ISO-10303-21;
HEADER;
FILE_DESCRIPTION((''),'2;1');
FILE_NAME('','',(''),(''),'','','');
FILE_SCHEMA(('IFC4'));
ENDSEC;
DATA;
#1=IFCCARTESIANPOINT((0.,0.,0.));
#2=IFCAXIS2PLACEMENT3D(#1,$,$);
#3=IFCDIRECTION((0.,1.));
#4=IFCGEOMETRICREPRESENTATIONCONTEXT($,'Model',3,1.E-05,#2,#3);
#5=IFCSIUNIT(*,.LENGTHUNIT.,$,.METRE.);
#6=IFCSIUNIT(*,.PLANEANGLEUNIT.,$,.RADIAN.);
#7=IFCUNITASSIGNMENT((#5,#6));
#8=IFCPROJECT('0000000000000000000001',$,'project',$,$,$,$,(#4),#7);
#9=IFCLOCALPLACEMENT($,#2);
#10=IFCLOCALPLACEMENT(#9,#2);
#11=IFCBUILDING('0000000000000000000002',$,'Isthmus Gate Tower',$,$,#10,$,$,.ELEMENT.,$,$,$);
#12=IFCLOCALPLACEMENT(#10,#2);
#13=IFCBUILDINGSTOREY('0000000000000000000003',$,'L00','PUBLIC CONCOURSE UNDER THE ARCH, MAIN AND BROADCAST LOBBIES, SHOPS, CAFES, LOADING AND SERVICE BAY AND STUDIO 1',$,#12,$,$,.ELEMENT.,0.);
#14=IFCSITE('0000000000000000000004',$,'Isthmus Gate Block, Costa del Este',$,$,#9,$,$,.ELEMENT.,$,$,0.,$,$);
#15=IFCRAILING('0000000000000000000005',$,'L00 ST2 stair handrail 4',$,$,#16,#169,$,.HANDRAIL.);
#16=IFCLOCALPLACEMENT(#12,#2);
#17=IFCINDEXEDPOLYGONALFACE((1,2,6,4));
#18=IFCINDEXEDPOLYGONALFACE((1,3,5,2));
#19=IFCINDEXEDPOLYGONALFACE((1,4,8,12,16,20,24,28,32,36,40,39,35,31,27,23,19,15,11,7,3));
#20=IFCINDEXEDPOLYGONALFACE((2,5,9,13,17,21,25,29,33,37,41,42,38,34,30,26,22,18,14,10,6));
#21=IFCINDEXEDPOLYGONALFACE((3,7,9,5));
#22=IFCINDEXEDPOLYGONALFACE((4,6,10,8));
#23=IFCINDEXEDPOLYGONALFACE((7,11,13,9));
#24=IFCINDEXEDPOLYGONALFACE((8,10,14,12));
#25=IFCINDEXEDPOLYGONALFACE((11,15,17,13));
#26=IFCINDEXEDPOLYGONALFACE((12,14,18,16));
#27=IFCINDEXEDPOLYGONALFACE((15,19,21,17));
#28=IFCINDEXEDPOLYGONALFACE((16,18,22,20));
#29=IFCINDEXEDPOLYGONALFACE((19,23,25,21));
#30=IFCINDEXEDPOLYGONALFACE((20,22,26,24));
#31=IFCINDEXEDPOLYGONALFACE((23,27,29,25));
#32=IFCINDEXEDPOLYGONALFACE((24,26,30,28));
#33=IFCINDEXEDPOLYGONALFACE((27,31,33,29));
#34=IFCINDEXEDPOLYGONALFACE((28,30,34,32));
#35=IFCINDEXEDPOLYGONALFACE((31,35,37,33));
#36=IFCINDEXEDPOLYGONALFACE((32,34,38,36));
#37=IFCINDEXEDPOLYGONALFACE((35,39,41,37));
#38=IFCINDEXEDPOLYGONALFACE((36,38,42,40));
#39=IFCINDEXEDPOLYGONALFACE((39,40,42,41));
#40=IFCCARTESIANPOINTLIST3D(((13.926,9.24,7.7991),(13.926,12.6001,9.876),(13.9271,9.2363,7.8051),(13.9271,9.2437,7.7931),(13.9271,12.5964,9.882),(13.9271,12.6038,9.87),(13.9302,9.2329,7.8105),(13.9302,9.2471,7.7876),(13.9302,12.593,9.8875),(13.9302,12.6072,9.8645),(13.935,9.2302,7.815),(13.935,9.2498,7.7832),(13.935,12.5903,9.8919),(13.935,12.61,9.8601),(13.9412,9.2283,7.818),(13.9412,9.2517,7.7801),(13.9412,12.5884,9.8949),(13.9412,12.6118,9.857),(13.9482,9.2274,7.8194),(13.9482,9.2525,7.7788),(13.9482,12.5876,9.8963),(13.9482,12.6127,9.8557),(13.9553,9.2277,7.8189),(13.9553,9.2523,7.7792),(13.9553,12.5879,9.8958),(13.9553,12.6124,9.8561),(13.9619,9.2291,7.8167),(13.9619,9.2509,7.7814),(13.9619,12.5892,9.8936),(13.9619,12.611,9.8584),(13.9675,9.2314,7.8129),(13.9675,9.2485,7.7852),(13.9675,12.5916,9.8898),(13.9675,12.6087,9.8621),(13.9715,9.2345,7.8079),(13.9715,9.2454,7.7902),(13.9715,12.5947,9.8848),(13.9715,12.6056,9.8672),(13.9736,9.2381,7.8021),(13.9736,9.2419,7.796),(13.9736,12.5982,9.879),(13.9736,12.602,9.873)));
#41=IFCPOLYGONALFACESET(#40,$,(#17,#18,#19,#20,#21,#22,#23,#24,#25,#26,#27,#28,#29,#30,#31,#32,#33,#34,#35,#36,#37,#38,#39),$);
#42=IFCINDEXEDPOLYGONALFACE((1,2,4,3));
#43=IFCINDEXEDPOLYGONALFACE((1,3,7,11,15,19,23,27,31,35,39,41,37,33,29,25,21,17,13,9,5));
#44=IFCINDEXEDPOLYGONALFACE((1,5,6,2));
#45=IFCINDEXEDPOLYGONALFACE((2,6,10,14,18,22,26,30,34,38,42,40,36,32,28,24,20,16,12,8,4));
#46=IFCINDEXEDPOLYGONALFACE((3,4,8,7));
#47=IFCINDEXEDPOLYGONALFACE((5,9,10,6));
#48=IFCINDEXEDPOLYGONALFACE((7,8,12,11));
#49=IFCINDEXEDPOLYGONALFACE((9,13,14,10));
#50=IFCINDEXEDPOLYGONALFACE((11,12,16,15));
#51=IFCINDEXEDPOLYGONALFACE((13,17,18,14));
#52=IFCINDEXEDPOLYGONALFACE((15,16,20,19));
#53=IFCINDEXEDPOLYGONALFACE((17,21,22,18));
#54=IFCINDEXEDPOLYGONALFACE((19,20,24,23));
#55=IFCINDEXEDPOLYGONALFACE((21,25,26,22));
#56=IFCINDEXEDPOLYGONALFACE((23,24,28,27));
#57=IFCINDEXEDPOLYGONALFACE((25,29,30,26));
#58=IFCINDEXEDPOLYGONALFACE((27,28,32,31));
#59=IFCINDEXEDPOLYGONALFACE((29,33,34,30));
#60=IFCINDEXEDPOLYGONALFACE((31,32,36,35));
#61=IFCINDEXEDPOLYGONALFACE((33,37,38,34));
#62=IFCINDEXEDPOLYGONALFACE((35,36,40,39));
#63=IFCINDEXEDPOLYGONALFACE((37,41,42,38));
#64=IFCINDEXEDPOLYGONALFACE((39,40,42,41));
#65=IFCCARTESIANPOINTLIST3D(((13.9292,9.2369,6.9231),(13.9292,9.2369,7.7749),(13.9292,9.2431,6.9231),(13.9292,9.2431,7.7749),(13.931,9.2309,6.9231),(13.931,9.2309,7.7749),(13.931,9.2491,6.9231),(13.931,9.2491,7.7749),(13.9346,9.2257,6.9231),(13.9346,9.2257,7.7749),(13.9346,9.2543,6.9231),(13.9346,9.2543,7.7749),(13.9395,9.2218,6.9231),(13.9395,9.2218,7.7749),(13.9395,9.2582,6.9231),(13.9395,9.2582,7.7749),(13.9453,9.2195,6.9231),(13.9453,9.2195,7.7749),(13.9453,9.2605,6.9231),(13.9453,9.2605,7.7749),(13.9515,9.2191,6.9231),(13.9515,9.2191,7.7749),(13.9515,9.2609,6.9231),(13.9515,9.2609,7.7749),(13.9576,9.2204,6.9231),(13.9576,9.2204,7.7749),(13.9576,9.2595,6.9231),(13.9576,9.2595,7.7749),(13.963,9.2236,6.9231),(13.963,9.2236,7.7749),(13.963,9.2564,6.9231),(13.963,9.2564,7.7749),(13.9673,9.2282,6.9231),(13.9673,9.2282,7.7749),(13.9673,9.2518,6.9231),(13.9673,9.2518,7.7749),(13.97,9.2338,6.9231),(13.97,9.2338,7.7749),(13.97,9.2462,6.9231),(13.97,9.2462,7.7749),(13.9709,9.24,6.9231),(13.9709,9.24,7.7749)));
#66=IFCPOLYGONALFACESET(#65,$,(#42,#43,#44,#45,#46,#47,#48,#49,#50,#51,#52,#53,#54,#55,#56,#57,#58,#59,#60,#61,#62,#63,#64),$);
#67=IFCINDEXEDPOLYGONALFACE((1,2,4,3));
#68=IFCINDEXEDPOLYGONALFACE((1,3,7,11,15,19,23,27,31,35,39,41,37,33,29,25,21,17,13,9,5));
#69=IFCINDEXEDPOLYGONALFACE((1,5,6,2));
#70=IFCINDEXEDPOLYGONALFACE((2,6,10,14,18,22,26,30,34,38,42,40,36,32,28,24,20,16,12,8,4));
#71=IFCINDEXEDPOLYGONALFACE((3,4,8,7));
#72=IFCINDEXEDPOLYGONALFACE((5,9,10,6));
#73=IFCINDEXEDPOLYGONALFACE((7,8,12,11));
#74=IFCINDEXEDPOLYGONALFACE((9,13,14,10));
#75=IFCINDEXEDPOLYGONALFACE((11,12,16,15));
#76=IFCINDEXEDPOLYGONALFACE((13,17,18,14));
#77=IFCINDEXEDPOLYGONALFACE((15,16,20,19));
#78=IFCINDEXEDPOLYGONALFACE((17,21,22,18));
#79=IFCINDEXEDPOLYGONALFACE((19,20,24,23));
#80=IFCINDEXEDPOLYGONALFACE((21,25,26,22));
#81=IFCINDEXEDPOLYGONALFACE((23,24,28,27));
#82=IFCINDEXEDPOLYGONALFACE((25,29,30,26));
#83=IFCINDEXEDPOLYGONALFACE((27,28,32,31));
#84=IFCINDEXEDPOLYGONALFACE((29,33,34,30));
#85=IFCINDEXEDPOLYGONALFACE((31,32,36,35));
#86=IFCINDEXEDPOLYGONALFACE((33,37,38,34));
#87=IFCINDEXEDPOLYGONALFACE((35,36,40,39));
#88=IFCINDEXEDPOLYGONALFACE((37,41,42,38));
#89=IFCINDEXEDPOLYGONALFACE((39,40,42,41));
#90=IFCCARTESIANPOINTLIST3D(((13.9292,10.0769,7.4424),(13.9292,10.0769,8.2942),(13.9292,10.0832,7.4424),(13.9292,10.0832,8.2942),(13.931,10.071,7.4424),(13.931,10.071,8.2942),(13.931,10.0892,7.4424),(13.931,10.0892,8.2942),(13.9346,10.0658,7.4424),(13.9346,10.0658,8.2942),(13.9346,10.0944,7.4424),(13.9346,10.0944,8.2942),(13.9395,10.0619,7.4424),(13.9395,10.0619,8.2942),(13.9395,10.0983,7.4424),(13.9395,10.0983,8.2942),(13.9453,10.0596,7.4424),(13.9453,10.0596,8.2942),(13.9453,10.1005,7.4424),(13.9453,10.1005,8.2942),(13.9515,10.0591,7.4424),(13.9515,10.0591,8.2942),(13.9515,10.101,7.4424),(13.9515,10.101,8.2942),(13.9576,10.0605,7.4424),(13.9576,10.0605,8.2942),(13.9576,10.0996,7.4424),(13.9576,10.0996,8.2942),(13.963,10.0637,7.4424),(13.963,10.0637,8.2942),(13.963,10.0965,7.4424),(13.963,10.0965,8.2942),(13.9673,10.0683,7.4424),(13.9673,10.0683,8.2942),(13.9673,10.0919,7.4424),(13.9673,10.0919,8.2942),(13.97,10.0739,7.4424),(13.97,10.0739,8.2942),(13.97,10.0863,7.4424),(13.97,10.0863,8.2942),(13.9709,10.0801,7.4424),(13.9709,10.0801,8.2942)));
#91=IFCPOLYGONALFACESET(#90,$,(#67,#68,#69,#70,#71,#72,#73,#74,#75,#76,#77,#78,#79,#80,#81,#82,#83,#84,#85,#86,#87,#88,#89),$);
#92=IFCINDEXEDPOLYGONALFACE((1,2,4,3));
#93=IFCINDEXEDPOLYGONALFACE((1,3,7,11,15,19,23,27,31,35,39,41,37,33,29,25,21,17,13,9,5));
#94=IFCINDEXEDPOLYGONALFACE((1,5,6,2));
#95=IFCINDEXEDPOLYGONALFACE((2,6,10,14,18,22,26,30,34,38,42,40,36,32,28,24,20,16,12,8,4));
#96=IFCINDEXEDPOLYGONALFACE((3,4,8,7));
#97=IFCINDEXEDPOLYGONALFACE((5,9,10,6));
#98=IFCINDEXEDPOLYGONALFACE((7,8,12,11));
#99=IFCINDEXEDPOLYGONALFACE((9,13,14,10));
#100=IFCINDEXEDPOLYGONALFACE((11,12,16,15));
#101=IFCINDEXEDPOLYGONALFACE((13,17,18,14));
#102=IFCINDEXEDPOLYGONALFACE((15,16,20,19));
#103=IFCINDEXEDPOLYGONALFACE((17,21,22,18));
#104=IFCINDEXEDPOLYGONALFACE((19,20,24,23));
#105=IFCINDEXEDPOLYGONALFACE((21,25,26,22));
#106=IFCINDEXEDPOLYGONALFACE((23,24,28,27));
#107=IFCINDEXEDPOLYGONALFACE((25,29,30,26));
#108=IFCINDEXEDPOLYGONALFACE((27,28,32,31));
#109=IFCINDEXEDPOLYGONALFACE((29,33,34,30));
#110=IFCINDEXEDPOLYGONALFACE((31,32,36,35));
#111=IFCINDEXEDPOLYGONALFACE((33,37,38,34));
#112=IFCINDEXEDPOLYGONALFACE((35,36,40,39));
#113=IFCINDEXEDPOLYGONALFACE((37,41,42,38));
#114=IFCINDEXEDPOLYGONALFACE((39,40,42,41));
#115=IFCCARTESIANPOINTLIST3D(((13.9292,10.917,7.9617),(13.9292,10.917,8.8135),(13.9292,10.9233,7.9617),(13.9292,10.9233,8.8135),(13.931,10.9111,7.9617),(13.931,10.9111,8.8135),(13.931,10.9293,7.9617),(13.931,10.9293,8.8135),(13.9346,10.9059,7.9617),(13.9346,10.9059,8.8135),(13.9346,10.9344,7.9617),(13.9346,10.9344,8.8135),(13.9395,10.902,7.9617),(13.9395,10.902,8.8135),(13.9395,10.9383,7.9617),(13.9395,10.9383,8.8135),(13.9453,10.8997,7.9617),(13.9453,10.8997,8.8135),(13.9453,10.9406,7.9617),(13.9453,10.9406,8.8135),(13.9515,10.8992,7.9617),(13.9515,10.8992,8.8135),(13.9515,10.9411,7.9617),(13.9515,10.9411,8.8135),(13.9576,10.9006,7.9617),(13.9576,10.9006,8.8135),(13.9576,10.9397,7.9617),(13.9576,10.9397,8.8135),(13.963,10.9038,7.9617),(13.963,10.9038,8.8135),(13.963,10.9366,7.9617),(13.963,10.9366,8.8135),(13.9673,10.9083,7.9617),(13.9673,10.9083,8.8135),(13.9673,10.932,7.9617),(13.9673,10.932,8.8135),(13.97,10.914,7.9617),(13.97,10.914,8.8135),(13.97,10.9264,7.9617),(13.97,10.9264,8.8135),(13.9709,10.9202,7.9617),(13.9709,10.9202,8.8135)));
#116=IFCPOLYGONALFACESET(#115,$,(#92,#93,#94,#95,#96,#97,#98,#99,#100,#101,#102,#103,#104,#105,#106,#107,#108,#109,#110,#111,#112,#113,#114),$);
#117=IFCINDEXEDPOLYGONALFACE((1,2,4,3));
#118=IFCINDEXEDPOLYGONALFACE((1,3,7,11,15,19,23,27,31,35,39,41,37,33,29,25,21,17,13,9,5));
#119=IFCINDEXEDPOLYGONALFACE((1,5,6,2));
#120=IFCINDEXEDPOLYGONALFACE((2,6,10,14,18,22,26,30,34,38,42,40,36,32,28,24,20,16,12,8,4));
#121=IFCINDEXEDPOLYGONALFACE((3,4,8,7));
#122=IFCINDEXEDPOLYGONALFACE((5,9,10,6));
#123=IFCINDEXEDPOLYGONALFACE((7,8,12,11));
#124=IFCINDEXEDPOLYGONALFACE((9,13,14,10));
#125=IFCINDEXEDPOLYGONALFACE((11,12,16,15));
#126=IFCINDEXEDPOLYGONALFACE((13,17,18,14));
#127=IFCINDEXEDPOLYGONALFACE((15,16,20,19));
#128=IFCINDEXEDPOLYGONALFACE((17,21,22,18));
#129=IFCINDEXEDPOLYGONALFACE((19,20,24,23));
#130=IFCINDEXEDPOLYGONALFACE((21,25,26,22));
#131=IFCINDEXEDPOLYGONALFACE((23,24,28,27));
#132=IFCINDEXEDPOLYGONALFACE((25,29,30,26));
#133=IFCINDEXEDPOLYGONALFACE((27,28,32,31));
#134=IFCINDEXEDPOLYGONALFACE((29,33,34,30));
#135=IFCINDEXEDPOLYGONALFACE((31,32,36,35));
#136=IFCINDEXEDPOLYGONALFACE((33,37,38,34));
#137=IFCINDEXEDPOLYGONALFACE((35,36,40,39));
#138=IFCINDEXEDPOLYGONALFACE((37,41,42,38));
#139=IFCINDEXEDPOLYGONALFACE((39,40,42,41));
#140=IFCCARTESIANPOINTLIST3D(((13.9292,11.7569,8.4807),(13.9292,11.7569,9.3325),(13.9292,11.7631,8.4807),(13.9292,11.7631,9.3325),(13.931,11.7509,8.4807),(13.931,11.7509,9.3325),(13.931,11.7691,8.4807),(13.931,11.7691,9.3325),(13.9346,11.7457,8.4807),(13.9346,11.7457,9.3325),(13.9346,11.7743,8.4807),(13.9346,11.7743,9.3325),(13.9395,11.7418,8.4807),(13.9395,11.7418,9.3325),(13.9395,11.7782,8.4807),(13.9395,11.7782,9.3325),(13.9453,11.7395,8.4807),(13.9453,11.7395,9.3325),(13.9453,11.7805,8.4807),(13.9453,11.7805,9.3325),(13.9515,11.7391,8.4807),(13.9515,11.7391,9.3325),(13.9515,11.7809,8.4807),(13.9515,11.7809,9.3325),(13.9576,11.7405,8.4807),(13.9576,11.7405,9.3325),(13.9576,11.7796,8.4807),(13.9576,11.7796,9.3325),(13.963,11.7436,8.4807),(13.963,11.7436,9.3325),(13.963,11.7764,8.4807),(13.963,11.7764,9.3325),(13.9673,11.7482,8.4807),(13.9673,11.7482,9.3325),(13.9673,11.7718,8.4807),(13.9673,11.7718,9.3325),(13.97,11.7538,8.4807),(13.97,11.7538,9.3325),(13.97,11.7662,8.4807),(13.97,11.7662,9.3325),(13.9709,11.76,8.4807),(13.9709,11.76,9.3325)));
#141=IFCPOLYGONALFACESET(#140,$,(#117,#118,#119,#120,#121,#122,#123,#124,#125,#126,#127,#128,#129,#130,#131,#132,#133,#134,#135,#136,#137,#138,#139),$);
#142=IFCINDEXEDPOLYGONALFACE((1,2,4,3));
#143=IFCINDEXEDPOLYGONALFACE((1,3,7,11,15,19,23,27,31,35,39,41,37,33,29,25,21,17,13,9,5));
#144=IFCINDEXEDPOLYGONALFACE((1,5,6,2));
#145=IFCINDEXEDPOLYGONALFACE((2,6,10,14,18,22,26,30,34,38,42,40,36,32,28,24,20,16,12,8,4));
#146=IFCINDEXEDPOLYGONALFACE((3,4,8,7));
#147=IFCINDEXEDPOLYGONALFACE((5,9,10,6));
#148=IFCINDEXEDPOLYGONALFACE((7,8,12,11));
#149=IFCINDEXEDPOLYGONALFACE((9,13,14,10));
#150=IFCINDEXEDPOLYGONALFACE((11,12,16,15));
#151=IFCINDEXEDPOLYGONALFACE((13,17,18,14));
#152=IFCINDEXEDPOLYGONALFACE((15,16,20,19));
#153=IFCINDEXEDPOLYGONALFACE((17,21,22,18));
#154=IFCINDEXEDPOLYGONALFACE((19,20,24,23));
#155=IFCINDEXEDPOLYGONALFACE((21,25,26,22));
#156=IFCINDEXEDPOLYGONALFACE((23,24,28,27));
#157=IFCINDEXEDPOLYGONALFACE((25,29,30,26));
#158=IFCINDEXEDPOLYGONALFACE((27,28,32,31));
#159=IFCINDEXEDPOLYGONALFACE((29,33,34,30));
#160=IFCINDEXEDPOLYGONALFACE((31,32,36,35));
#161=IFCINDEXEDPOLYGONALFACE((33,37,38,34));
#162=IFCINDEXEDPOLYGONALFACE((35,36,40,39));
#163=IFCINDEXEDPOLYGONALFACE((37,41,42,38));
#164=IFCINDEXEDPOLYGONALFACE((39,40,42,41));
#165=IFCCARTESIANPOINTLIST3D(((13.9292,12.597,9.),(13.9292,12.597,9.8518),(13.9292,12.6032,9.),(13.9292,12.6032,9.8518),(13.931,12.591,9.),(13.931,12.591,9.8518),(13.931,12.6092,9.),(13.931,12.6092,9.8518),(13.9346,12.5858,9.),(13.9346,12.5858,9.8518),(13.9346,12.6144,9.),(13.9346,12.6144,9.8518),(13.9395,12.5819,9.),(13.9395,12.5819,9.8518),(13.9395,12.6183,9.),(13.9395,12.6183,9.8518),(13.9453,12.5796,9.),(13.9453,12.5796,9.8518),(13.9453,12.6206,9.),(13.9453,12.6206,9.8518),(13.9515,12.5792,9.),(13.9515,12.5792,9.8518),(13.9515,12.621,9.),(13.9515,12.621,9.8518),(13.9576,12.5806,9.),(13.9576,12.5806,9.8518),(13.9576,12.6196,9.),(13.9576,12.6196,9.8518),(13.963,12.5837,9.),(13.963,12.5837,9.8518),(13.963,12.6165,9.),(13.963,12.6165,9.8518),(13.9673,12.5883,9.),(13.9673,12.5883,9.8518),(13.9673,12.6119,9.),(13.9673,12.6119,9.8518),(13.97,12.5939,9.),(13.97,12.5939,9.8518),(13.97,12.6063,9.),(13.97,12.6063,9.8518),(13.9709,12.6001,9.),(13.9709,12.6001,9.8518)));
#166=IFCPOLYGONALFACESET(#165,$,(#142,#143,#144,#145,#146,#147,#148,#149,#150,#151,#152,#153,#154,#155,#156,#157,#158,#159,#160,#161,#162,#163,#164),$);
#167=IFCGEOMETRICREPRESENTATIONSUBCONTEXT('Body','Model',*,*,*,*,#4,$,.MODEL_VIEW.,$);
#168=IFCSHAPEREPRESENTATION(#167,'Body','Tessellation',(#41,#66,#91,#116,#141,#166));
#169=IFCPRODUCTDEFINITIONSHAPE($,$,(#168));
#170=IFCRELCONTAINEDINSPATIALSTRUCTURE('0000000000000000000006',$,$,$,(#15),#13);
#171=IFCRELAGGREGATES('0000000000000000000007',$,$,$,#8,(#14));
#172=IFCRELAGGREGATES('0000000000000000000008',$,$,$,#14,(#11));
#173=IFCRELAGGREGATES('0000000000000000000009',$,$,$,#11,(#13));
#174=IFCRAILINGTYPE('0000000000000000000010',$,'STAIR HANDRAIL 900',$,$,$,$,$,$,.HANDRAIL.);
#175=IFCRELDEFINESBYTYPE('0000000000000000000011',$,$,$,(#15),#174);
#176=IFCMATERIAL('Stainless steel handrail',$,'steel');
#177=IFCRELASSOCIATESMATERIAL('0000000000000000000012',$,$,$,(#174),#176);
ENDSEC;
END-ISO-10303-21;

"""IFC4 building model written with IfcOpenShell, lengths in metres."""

from ifc_helpers import new_model, si_unit, direction, frame, origin, origin_2d, place, context, subcontext, project, spatial, circle, extrude, material, type_object, element, save


model = new_model("IFC4")

# Units and contexts
model_context = context("Model", 3, precision=1e-05, world=origin(), true_north=direction((0.0, 1.0)))
body_context = subcontext(model_context, "Body", "Model", "MODEL_VIEW")
ifc_project = project(units=[si_unit("LENGTHUNIT", "METRE"), si_unit("PLANEANGLEUNIT", "RADIAN")], contexts=[model_context])

# Site, building, storey
site_placement = place(None, origin())
site = spatial("IfcSite", under=ifc_project, at=site_placement, Name="Isthmus Gate Block, Costa del Este", CompositionType="ELEMENT", RefElevation=0.0)
building_placement = place(site_placement, origin())
building = spatial("IfcBuilding", under=site, at=building_placement, Name="Isthmus Gate Tower", CompositionType="ELEMENT")
storey_placement = place(building_placement, origin())
storey = spatial("IfcBuildingStorey", under=building, at=storey_placement, Name="L00", Description="PUBLIC CONCOURSE UNDER THE ARCH, MAIN AND BROADCAST LOBBIES, SHOPS, CAFES, LOADING AND SERVICE BAY AND STUDIO 1", CompositionType="ELEMENT", Elevation=0.0)

# Railing
ifc_material_1 = material(Name="Stainless steel handrail", Category="steel")
railing_type_1 = type_object("IfcRailingType", Name="STAIR HANDRAIL 900", PredefinedType="HANDRAIL", material=ifc_material_1)
for number, where, name in (
    (1, (13.95, 9.24, 6.9231), "L00 ST2 stair handrail 4"),
):
    element("IfcRailing", number, at=place(storey_placement, frame(where)), inside=storey, type_object=railing_type_1, Name=name, PredefinedType="HANDRAIL", context=body_context, shape_type="SweptSolid", body=[
        extrude(circle(Radius=0.0239, at=origin_2d()), frame((0.0, 0.0, 0.876), z_axis=(0.0, 0.850623, 0.525776), x_axis=(-1.0, 0.0, 0.0)), (0.0, 0.0, 1.0), 3.9502),
        extrude(circle(Radius=0.021, at=origin_2d()), origin(), (0.0, 0.0, 1.0), 0.8518),
        extrude(circle(Radius=0.021, at=origin_2d()), frame((0.0, 0.8401, 0.5193)), (0.0, 0.0, 1.0), 0.8518),
        extrude(circle(Radius=0.021, at=origin_2d()), frame((0.0, 1.6802, 1.0386)), (0.0, 0.0, 1.0), 0.8518),
        extrude(circle(Radius=0.021, at=origin_2d()), frame((0.0, 2.52, 1.5576)), (0.0, 0.0, 1.0), 0.8518),
        extrude(circle(Radius=0.021, at=origin_2d()), frame((0.0, 3.3601, 2.0769)), (0.0, 0.0, 1.0), 0.8518),
    ])

save(model, "model.ifc")
